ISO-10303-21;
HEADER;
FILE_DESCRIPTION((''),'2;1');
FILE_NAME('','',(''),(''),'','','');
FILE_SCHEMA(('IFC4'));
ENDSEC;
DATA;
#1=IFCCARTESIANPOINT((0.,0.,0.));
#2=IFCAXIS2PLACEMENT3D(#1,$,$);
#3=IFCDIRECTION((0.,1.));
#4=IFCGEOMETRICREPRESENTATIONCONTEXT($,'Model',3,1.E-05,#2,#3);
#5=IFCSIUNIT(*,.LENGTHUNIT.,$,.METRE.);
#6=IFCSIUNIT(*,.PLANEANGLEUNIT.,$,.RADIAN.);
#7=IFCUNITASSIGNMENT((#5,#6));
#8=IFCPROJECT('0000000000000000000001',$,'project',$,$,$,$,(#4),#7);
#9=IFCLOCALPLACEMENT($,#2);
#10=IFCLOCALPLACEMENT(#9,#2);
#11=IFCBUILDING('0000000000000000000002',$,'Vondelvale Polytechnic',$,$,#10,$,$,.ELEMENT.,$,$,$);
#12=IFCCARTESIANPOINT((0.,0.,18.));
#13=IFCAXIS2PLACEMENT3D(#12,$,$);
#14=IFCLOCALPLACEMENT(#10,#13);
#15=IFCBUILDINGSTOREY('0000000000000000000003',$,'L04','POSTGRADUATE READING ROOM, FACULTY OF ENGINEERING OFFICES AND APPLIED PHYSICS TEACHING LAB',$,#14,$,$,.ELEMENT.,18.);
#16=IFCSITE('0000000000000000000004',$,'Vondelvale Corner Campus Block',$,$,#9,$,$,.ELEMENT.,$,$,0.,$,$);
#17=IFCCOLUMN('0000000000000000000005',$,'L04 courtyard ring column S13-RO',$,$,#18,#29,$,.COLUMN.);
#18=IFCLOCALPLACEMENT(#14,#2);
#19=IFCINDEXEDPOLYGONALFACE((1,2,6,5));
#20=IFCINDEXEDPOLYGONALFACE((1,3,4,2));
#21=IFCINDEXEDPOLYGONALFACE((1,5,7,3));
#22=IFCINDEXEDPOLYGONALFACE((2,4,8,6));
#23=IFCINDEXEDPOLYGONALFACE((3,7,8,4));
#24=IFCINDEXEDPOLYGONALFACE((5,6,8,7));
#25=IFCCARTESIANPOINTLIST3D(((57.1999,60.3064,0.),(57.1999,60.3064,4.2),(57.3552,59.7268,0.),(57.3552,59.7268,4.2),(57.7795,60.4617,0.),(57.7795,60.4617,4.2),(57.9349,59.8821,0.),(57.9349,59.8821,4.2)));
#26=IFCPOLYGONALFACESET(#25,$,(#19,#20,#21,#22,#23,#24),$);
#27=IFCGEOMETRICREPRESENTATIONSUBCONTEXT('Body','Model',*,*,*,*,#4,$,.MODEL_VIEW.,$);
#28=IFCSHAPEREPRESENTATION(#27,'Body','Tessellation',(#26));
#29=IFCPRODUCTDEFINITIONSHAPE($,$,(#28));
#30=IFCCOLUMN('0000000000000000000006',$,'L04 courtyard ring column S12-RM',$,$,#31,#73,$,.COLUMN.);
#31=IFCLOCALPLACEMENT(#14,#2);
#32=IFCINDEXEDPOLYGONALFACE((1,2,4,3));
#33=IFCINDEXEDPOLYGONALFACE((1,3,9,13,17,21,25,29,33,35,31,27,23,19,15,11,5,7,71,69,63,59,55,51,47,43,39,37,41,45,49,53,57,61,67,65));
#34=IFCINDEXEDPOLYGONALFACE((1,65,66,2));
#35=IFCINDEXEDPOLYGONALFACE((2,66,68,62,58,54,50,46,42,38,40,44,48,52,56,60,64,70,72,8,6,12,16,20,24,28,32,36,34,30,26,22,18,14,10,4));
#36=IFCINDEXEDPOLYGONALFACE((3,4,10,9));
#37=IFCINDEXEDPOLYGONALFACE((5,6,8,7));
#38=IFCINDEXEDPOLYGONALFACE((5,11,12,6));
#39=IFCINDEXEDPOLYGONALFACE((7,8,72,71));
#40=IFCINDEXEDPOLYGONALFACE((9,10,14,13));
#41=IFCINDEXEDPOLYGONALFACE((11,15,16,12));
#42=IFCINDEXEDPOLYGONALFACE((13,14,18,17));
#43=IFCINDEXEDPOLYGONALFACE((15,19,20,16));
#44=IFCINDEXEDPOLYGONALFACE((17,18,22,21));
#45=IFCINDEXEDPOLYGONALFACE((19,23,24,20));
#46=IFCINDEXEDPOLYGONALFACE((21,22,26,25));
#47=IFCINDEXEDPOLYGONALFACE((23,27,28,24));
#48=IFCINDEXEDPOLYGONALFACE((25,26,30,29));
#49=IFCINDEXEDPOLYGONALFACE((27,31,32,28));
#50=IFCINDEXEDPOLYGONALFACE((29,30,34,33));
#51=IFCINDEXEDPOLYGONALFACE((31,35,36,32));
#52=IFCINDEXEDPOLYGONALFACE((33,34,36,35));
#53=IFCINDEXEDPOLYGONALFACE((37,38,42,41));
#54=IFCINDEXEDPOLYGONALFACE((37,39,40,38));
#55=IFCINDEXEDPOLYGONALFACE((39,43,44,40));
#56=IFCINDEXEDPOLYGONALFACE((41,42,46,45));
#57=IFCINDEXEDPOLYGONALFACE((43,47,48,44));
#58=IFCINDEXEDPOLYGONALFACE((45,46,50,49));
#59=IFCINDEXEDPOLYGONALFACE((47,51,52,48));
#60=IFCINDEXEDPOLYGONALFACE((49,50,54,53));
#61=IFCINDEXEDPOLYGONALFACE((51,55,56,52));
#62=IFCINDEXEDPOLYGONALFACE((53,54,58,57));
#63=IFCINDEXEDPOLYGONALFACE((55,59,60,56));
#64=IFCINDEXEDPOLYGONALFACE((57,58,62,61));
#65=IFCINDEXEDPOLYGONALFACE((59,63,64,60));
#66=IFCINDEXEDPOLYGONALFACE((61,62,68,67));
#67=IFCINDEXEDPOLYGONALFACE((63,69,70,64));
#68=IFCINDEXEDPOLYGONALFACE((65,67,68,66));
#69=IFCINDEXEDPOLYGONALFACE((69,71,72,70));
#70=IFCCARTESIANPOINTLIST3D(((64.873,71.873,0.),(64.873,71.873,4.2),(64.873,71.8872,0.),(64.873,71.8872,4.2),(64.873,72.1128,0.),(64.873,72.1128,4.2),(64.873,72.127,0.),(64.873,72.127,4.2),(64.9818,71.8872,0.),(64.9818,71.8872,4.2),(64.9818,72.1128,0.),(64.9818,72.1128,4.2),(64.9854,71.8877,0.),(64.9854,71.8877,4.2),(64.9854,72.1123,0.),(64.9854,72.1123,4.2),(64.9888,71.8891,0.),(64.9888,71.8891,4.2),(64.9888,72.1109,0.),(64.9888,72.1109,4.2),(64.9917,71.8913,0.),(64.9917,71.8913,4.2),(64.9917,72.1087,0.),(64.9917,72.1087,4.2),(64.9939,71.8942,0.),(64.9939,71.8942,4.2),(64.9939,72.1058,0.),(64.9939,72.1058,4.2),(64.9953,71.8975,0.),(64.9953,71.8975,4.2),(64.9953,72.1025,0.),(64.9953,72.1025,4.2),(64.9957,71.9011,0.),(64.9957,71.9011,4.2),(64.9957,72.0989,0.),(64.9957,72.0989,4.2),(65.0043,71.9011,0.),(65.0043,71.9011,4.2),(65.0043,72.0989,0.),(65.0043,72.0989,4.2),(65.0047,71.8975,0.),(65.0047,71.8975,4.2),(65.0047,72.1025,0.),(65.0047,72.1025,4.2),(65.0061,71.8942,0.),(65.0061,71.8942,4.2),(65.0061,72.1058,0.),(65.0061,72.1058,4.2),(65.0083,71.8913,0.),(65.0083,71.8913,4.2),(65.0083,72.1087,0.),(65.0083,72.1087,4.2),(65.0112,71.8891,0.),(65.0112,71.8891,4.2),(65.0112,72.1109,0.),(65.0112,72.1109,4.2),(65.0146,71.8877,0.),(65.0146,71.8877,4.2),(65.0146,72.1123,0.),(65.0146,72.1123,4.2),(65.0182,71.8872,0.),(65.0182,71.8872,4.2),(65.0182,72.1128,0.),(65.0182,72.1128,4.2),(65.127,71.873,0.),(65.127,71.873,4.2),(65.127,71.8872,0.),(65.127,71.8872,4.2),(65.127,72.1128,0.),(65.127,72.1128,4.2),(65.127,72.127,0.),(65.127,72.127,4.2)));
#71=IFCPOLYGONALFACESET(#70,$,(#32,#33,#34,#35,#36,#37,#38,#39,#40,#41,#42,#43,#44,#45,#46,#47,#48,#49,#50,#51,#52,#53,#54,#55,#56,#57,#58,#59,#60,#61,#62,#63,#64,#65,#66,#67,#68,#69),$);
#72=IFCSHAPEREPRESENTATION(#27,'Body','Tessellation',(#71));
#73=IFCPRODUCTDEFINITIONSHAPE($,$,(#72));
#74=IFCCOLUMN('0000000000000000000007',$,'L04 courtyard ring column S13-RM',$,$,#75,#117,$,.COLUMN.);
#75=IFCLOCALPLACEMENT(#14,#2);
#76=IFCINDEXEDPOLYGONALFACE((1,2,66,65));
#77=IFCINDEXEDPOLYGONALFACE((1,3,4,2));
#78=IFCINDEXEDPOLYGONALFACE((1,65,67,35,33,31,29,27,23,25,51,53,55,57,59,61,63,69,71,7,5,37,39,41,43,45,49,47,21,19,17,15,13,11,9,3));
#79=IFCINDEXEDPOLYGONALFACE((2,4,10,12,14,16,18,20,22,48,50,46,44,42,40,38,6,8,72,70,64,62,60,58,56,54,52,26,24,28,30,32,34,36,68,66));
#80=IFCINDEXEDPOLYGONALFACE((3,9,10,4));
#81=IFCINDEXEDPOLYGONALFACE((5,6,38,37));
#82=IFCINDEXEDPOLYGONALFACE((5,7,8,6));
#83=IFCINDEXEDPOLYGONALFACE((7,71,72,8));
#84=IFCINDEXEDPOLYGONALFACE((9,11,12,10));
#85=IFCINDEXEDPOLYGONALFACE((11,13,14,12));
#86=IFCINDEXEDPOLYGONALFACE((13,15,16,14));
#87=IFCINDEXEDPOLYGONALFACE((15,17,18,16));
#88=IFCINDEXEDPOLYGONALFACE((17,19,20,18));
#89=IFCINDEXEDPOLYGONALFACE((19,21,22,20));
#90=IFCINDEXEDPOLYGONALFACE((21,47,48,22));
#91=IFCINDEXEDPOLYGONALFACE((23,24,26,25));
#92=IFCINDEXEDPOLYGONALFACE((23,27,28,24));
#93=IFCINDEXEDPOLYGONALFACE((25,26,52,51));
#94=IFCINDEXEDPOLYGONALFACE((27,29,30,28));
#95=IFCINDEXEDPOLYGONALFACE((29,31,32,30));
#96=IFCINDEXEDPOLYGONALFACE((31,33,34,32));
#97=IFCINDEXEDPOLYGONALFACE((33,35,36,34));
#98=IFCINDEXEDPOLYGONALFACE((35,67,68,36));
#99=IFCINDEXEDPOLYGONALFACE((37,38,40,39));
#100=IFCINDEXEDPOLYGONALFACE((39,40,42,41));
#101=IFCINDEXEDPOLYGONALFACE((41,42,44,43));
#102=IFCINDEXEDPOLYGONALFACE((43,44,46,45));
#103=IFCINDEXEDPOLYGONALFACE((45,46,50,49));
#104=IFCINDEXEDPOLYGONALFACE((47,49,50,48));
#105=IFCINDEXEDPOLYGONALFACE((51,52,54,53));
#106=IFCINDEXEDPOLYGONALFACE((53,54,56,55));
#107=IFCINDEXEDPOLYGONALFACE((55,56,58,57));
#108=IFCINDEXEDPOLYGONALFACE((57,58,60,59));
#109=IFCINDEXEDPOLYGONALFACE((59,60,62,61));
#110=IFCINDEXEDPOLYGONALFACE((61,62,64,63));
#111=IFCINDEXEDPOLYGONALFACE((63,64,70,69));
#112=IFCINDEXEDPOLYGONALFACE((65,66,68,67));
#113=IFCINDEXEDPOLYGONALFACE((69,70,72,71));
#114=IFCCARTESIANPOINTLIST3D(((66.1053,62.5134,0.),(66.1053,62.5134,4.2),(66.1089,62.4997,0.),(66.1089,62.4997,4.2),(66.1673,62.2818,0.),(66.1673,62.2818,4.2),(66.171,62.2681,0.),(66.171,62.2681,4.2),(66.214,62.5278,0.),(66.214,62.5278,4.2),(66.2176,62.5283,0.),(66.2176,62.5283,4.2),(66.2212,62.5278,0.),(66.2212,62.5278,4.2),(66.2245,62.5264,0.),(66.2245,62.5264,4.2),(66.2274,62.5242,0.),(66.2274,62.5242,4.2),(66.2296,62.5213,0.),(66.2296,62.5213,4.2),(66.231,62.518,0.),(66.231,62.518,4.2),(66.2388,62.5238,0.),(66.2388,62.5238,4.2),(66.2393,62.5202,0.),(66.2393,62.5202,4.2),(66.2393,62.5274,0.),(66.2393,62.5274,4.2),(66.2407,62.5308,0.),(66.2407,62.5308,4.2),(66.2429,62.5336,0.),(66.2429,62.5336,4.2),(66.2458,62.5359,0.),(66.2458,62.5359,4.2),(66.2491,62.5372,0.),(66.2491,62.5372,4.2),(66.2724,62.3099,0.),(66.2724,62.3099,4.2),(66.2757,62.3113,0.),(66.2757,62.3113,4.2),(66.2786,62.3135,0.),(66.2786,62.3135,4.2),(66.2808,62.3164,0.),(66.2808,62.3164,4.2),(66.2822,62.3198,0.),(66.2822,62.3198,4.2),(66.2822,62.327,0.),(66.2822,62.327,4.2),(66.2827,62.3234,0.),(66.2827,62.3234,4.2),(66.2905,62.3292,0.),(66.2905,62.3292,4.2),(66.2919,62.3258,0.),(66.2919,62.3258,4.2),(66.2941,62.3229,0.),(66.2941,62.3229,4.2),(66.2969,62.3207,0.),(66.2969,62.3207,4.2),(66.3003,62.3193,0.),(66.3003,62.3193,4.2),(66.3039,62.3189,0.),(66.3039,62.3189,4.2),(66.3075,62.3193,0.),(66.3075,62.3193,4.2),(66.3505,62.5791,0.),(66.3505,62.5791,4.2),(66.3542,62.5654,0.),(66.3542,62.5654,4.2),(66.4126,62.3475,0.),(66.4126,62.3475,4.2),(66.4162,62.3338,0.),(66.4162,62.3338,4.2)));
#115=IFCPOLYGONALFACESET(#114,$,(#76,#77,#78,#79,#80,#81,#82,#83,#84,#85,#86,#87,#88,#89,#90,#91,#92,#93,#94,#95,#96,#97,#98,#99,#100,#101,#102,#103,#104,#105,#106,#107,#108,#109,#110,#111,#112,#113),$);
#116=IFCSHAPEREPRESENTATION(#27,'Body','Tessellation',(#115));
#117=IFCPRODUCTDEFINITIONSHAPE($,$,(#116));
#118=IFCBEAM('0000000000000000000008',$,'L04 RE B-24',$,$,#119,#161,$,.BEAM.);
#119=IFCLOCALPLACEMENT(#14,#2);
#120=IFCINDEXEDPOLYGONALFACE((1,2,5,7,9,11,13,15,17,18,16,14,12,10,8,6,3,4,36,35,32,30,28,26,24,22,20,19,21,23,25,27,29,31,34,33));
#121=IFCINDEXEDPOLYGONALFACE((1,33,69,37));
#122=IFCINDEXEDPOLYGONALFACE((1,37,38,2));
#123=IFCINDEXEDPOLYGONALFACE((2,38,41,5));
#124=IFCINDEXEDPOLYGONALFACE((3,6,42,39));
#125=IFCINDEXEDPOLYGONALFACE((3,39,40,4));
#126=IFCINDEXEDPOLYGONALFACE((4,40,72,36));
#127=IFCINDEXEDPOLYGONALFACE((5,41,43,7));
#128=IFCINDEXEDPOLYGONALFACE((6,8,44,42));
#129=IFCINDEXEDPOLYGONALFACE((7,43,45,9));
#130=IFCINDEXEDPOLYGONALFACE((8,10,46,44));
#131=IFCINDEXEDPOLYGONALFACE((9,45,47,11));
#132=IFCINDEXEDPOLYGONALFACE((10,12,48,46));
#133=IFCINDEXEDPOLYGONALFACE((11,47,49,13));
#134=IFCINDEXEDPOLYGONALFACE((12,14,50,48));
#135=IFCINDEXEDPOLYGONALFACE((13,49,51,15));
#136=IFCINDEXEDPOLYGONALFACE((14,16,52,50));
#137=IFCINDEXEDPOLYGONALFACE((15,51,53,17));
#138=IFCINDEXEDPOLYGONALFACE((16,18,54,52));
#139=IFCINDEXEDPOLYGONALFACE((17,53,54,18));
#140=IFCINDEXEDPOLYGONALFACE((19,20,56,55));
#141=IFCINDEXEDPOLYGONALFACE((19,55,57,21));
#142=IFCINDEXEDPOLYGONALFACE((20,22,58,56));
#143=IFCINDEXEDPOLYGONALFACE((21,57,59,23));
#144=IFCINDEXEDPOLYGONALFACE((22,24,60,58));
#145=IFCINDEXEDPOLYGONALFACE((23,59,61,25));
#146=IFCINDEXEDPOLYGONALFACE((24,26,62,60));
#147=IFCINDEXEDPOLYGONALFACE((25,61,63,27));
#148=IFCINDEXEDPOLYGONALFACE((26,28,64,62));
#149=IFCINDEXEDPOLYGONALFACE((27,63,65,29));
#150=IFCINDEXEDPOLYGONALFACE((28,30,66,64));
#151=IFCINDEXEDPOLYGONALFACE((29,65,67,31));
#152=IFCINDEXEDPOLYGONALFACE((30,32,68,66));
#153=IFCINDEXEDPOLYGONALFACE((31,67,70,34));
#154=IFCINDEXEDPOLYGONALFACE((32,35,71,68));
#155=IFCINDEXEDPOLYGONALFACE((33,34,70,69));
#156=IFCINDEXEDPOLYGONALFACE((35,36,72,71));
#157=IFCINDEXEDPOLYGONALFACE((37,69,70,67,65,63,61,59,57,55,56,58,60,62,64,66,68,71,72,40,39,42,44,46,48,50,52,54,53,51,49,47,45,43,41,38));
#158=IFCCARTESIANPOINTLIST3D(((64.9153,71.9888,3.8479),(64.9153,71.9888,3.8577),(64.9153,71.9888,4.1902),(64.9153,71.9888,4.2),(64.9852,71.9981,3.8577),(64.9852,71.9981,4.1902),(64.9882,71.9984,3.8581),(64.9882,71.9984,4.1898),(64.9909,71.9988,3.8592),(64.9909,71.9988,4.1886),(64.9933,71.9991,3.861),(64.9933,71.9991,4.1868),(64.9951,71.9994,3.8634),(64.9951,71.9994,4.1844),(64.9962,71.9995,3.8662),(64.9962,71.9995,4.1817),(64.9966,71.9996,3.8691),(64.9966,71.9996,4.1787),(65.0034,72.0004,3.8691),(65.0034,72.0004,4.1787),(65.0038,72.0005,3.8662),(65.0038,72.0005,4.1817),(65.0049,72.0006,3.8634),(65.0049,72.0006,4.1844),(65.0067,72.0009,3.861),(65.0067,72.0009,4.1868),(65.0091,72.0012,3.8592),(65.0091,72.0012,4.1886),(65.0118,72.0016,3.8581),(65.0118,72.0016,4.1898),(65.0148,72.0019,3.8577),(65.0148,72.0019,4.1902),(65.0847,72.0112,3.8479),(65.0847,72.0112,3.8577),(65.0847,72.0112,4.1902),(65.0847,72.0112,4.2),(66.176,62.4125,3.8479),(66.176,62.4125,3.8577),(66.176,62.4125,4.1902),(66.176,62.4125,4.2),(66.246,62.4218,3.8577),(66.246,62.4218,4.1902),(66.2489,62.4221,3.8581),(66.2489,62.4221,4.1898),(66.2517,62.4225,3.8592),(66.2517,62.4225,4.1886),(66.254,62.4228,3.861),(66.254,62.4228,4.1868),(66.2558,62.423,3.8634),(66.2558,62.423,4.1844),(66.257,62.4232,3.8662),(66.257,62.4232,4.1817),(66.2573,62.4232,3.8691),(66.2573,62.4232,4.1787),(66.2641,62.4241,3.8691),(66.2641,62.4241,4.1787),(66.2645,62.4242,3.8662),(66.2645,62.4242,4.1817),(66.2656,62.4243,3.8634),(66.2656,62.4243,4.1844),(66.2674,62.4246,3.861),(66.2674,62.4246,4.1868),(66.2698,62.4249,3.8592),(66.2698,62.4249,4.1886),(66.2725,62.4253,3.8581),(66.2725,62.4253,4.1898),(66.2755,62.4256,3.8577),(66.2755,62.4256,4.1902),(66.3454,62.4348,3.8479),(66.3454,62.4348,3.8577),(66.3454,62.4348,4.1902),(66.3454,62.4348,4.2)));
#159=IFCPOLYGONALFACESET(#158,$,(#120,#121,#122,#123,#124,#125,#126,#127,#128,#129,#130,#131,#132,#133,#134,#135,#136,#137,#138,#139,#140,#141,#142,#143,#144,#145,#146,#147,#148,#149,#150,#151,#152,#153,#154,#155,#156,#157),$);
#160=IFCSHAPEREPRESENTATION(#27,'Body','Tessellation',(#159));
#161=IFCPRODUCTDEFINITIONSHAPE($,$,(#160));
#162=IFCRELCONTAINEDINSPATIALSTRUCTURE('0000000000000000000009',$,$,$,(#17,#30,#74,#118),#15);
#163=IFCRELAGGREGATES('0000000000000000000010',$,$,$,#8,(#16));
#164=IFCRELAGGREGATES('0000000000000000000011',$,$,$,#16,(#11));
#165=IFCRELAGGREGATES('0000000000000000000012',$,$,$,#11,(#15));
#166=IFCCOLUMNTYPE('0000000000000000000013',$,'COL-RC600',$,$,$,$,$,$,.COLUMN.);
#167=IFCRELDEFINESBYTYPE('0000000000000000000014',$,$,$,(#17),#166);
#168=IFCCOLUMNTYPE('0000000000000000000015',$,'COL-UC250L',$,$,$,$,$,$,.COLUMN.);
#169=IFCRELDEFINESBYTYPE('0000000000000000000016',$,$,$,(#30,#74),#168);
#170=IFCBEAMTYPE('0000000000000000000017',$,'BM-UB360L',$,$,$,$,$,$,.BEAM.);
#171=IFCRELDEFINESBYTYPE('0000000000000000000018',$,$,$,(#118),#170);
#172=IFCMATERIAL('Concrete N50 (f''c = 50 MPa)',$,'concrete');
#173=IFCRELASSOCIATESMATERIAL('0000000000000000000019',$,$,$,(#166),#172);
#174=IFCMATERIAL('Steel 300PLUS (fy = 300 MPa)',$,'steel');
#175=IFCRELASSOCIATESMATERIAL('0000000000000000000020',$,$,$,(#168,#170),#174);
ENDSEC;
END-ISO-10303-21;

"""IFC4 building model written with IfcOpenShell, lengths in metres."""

from ifc_helpers import new_model, si_unit, direction, frame, origin, origin_2d, place, context, subcontext, project, spatial, rectangle, i_section, extrude, material, material_profile, profile_set, type_object, element, save


model = new_model("IFC4")

# Units and contexts
model_context = context("Model", 3, precision=1e-05, world=origin(), true_north=direction((0.0, 1.0)))
body_context = subcontext(model_context, "Body", "Model", "MODEL_VIEW")
ifc_project = project(units=[si_unit("LENGTHUNIT", "METRE"), si_unit("PLANEANGLEUNIT", "RADIAN")], contexts=[model_context])

# Site, building, storey
site_placement = place(None, origin())
site = spatial("IfcSite", under=ifc_project, at=site_placement, Name="Vondelvale Corner Campus Block", CompositionType="ELEMENT", RefElevation=0.0)
building_placement = place(site_placement, origin())
building = spatial("IfcBuilding", under=site, at=building_placement, Name="Vondelvale Polytechnic", CompositionType="ELEMENT")
storey_placement = place(building_placement, frame((0.0, 0.0, 18.0)))
storey = spatial("IfcBuildingStorey", under=building, at=storey_placement, Name="L04", Description="POSTGRADUATE READING ROOM, FACULTY OF ENGINEERING OFFICES AND APPLIED PHYSICS TEACHING LAB", CompositionType="ELEMENT", Elevation=18.0)

# Columns
ifc_material_1 = material(Name="Concrete N50 (f'c = 50 MPa)", Category="concrete")
ifc_material_profile_1 = material_profile(ifc_material_1, rectangle(XDim=0.6001, YDim=0.6001, at=origin_2d()), Name="RC-COL-600x600")
ifc_profile_set_1 = profile_set([ifc_material_profile_1], Name="Concrete N50 (f'c = 50 MPa)")
column_type_1 = type_object("IfcColumnType", Name="COL-RC600", PredefinedType="COLUMN", material=ifc_profile_set_1)
column_placement = place(storey_placement, frame((57.5674, 60.0942, 0.0), z_axis=(0.0, 0.0, 1.0), x_axis=(0.965926, 0.258819, 0.0)))
element("IfcColumn", 1, at=column_placement, inside=storey, type_object=column_type_1, Name="L04 courtyard ring column S13-RO", PredefinedType="COLUMN", context=body_context, shape_type="SweptSolid", body=[
    extrude(rectangle(XDim=0.6001, YDim=0.6001, at=origin_2d()), origin(), (0.0, 0.0, 1.0), 4.2),
])
ifc_material_2 = material(Name="Steel 300PLUS (fy = 300 MPa)", Category="steel")
ifc_material_profile_2 = material_profile(ifc_material_2, i_section(OverallWidth=0.2539, OverallDepth=0.2539, WebThickness=0.0085, FlangeThickness=0.0142, FilletRadius=0.0139, at=origin_2d()), Name="250UC72.9")
ifc_profile_set_2 = profile_set([ifc_material_profile_2], Name="Steel 300PLUS (fy = 300 MPa)")
column_type_2 = type_object("IfcColumnType", Name="COL-UC250L", PredefinedType="COLUMN", material=ifc_profile_set_2)
for number, where, z_axis, x_axis, name in (
    (2, (65.0, 72.0, 0.0), (0.0, 0.0, 1.0), (1.0, 0.0, 0.0), "L04 courtyard ring column S12-RM"),
    (3, (66.2607, 62.4236, 0.0), (0.0, 0.0, 1.0), (0.965926, 0.258819, 0.0), "L04 courtyard ring column S13-RM"),
):
    element("IfcColumn", number, at=place(storey_placement, frame(where, z_axis=z_axis, x_axis=x_axis)), inside=storey, type_object=column_type_2, Name=name, PredefinedType="COLUMN", context=body_context, shape_type="SweptSolid", body=[
        extrude(i_section(OverallWidth=0.2539, OverallDepth=0.2539, WebThickness=0.0085, FlangeThickness=0.0142, FilletRadius=0.0139, at=origin_2d()), origin(), (0.0, 0.0, 1.0), 4.2),
    ])

# Beam
ifc_material_profile_3 = material_profile(ifc_material_2, i_section(OverallWidth=0.1709, OverallDepth=0.3521, WebThickness=0.0068, FlangeThickness=0.0098, FilletRadius=0.0115, at=origin_2d()), Name="360UB44.7")
ifc_profile_set_3 = profile_set([ifc_material_profile_3], Name="Steel 300PLUS (fy = 300 MPa)")
beam_type_1 = type_object("IfcBeamType", Name="BM-UB360L", PredefinedType="BEAM", material=ifc_profile_set_3)
for number, where, z_axis, x_axis, name in (
    (4, (65.0, 72.0, 4.0239), (0.130524, -0.991445, 0.0), (0.991445, 0.130524, 0.0), "L04 RE B-24"),
):
    element("IfcBeam", number, at=place(storey_placement, frame(where, z_axis=z_axis, x_axis=x_axis)), inside=storey, type_object=beam_type_1, Name=name, PredefinedType="BEAM", context=body_context, shape_type="SweptSolid", body=[
        extrude(i_section(OverallWidth=0.1709, OverallDepth=0.3521, WebThickness=0.0068, FlangeThickness=0.0098, FilletRadius=0.0115, at=origin_2d()), origin(), (0.0, 0.0, 1.0), 9.6589),
    ])

save(model, "model.ifc")
